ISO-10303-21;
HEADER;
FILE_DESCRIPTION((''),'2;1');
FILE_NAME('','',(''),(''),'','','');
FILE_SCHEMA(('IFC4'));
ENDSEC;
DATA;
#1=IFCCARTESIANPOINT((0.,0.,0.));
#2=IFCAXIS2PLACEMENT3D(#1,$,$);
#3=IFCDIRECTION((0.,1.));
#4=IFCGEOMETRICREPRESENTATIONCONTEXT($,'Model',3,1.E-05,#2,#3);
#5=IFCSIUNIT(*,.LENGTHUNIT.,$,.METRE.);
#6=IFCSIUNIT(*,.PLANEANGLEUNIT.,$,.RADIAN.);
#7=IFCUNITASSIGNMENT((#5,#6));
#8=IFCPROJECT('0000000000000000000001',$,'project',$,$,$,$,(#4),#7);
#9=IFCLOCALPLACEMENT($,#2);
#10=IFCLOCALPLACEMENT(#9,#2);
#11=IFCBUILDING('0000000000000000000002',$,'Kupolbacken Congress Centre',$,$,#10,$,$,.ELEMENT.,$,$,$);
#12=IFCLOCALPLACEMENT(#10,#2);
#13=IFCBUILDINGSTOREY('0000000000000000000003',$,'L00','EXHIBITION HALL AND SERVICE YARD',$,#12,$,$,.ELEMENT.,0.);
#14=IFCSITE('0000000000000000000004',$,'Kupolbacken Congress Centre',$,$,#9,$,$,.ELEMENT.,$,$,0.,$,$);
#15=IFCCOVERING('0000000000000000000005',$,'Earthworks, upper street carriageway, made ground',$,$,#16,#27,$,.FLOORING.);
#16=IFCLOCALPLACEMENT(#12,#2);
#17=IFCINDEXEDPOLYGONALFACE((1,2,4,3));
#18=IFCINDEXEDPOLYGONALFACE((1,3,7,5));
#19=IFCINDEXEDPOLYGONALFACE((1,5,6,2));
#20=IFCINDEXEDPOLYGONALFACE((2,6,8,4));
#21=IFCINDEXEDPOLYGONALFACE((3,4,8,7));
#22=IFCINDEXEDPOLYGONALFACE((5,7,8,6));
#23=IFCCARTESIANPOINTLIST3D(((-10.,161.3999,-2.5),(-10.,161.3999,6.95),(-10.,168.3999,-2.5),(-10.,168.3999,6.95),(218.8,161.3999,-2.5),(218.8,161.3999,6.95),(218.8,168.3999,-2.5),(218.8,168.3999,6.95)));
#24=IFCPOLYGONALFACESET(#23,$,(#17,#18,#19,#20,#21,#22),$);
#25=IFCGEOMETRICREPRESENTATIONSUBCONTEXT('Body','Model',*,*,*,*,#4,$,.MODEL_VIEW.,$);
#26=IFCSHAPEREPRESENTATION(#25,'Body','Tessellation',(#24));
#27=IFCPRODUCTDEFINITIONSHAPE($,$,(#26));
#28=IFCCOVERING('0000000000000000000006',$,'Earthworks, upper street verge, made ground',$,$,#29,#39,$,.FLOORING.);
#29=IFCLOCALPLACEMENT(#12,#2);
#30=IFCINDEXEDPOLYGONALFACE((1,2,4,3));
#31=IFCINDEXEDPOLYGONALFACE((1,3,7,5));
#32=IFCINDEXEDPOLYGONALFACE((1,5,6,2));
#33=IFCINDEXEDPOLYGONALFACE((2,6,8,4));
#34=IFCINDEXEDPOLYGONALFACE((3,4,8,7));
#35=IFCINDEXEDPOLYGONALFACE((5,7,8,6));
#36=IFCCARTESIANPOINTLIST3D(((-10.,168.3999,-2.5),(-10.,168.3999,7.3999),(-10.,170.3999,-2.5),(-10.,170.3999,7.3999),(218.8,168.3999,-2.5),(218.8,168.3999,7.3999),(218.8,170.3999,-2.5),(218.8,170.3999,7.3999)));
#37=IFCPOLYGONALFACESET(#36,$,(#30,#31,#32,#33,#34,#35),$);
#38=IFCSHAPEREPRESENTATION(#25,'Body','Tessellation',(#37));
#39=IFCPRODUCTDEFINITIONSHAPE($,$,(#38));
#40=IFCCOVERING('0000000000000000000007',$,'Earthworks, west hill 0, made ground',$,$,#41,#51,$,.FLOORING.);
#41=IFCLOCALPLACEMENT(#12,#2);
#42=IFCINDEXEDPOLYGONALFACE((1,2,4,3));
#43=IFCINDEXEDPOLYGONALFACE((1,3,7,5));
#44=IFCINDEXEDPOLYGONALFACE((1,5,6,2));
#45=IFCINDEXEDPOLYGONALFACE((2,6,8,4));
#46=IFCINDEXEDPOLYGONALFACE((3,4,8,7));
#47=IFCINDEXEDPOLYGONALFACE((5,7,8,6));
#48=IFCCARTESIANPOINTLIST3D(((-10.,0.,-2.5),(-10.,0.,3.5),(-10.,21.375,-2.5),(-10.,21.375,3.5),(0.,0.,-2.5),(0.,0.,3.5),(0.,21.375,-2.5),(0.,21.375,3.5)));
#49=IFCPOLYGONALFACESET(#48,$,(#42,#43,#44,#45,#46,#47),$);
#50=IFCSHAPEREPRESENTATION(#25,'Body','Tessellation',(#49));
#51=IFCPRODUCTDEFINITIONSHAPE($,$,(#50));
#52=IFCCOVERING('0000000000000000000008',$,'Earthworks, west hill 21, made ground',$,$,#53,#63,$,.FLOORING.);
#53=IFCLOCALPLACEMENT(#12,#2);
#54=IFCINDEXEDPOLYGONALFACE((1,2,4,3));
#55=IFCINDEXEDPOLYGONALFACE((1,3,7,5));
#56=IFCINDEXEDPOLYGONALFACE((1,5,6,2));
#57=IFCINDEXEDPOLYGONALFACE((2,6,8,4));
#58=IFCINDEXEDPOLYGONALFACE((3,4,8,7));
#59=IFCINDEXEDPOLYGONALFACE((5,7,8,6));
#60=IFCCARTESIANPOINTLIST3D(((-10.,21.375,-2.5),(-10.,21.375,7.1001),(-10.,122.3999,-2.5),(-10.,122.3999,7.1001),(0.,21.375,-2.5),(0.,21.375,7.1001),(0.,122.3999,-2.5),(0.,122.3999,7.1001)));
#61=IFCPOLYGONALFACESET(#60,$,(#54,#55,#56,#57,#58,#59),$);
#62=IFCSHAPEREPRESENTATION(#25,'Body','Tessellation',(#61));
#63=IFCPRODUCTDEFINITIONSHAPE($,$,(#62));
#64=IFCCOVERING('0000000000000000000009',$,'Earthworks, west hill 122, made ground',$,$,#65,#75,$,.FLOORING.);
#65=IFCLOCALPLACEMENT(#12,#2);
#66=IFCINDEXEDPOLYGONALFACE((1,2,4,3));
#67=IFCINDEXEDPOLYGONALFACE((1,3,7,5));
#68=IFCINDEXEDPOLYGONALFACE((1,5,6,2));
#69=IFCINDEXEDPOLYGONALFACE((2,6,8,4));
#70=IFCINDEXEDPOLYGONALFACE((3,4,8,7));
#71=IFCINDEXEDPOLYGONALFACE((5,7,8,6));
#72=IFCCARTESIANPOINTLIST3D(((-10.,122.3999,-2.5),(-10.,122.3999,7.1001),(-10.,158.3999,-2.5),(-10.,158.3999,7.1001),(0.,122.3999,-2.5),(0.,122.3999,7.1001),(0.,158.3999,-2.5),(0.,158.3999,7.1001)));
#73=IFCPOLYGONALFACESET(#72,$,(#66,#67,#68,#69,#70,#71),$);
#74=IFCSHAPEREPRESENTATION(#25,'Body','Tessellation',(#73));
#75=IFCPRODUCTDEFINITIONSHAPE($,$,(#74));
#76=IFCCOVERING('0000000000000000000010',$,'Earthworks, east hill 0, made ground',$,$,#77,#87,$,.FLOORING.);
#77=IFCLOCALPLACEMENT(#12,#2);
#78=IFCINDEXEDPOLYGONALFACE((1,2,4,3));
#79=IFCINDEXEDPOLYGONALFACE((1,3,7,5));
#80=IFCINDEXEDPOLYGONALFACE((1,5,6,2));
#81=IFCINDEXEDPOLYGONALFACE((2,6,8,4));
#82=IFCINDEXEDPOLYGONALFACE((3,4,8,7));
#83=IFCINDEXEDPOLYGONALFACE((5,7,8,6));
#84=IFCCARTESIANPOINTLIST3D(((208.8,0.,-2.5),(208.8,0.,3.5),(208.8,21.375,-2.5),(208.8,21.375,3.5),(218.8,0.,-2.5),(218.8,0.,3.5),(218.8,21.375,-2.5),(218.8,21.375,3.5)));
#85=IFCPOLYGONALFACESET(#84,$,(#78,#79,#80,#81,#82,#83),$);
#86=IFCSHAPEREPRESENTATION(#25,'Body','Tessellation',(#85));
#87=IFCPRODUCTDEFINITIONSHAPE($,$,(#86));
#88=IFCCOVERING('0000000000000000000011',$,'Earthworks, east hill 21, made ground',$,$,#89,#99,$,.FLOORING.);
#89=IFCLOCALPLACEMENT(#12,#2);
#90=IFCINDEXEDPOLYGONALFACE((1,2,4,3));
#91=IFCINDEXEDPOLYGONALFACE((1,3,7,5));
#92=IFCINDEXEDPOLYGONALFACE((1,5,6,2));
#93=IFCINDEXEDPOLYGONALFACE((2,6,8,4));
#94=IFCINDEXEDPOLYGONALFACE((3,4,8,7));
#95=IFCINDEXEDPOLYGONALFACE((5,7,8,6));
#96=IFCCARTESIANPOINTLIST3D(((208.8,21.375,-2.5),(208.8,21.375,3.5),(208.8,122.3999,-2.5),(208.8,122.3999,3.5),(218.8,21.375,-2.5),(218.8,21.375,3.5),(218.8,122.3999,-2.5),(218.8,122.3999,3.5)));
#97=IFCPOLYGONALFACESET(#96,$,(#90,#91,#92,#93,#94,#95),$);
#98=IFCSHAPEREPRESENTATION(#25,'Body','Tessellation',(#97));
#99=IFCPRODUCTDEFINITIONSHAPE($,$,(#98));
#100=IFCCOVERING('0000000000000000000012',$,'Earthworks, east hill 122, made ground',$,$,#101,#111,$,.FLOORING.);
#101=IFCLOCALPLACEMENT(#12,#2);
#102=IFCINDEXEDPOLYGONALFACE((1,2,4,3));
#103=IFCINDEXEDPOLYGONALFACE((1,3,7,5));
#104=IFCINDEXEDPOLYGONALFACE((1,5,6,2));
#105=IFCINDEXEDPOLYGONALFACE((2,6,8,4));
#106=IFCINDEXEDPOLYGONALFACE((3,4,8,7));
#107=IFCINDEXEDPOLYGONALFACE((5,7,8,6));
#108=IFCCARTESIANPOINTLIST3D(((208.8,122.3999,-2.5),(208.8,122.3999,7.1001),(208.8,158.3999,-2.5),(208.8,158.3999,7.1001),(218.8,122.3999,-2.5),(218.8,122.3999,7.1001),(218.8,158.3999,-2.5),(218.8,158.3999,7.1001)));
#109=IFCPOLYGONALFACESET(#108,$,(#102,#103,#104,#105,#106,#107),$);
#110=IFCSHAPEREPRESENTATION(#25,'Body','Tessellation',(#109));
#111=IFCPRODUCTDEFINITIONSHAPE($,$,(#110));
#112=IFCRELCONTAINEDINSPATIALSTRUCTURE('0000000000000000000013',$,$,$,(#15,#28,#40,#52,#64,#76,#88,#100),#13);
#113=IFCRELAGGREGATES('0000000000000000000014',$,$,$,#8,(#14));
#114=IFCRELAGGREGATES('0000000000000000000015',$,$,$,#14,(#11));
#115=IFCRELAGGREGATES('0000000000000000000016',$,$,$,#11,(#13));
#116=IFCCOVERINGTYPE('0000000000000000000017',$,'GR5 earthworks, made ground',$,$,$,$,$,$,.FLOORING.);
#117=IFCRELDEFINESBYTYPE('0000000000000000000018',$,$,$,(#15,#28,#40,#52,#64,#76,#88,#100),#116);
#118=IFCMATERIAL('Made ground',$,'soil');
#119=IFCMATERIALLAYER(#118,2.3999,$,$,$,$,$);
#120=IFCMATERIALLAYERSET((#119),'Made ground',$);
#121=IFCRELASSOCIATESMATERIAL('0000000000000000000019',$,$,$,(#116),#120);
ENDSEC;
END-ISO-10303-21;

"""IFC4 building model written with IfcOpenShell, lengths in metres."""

from ifc_helpers import new_model, si_unit, direction, frame, origin, place, context, subcontext, project, spatial, polyline, outline, extrude, material, layer, layer_set, type_object, element, save


model = new_model("IFC4")

# Units and contexts
model_context = context("Model", 3, precision=1e-05, world=origin(), true_north=direction((0.0, 1.0)))
body_context = subcontext(model_context, "Body", "Model", "MODEL_VIEW")
ifc_project = project(units=[si_unit("LENGTHUNIT", "METRE"), si_unit("PLANEANGLEUNIT", "RADIAN")], contexts=[model_context])

# Site, building, storey
site_placement = place(None, origin())
site = spatial("IfcSite", under=ifc_project, at=site_placement, Name="Kupolbacken Congress Centre", CompositionType="ELEMENT", RefElevation=0.0)
building_placement = place(site_placement, origin())
building = spatial("IfcBuilding", under=site, at=building_placement, Name="Kupolbacken Congress Centre", CompositionType="ELEMENT")
storey_placement = place(building_placement, origin())
storey = spatial("IfcBuildingStorey", under=building, at=storey_placement, Name="L00", Description="EXHIBITION HALL AND SERVICE YARD", CompositionType="ELEMENT", Elevation=0.0)

# Coverings
ifc_material_1 = material(Name="Made ground", Category="soil")
ifc_layer_1 = layer(ifc_material_1, 2.3999)
ifc_layer_set_1 = layer_set([ifc_layer_1], Name="Made ground")
covering_type = type_object("IfcCoveringType", Name="GR5 earthworks, made ground", PredefinedType="FLOORING", material=ifc_layer_set_1)
covering_1_placement = place(storey_placement, frame((0.0, 0.0, -2.5)))
element("IfcCovering", 1, at=covering_1_placement, inside=storey, type_object=covering_type, Name="Earthworks, upper street carriageway, made ground", PredefinedType="FLOORING", context=body_context, shape_type="SweptSolid", body=[
    extrude(outline(polyline([(-10.0, 161.3999), (-10.0, 168.3999), (218.8, 168.3999), (218.8, 161.3999), (-10.0, 161.3999)])), origin(), (0.0, 0.0, 1.0), 9.45),
])
covering_2_placement = place(storey_placement, frame((0.0, 0.0, -2.5)))
element("IfcCovering", 2, at=covering_2_placement, inside=storey, type_object=covering_type, Name="Earthworks, upper street verge, made ground", PredefinedType="FLOORING", context=body_context, shape_type="SweptSolid", body=[
    extrude(outline(polyline([(-10.0, 168.3999), (-10.0, 170.3999), (218.8, 170.3999), (218.8, 168.3999), (-10.0, 168.3999)])), origin(), (0.0, 0.0, 1.0), 9.8999),
])
covering_3_placement = place(storey_placement, frame((0.0, 0.0, -2.5)))
element("IfcCovering", 3, at=covering_3_placement, inside=storey, type_object=covering_type, Name="Earthworks, west hill 0, made ground", PredefinedType="FLOORING", context=body_context, shape_type="SweptSolid", body=[
    extrude(outline(polyline([(0.0, 0.0), (-10.0, 0.0), (-10.0, 21.375), (0.0, 21.375), (0.0, 0.0)])), origin(), (0.0, 0.0, 1.0), 6.0),
])
covering_4_placement = place(storey_placement, frame((0.0, 0.0, -2.5)))
element("IfcCovering", 4, at=covering_4_placement, inside=storey, type_object=covering_type, Name="Earthworks, west hill 21, made ground", PredefinedType="FLOORING", context=body_context, shape_type="SweptSolid", body=[
    extrude(outline(polyline([(0.0, 21.375), (-10.0, 21.375), (-10.0, 122.3999), (0.0, 122.3999), (0.0, 21.375)])), origin(), (0.0, 0.0, 1.0), 9.6001),
])
covering_5_placement = place(storey_placement, frame((0.0, 0.0, -2.5)))
element("IfcCovering", 5, at=covering_5_placement, inside=storey, type_object=covering_type, Name="Earthworks, west hill 122, made ground", PredefinedType="FLOORING", context=body_context, shape_type="SweptSolid", body=[
    extrude(outline(polyline([(0.0, 122.3999), (-10.0, 122.3999), (-10.0, 158.3999), (0.0, 158.3999), (0.0, 122.3999)])), origin(), (0.0, 0.0, 1.0), 9.6001),
])
covering_6_placement = place(storey_placement, frame((0.0, 0.0, -2.5)))
element("IfcCovering", 6, at=covering_6_placement, inside=storey, type_object=covering_type, Name="Earthworks, east hill 0, made ground", PredefinedType="FLOORING", context=body_context, shape_type="SweptSolid", body=[
    extrude(outline(polyline([(218.8, 21.375), (218.8, 0.0), (208.8, 0.0), (208.8, 21.375), (218.8, 21.375)])), origin(), (0.0, 0.0, 1.0), 6.0),
])
covering_7_placement = place(storey_placement, frame((0.0, 0.0, -2.5)))
element("IfcCovering", 7, at=covering_7_placement, inside=storey, type_object=covering_type, Name="Earthworks, east hill 21, made ground", PredefinedType="FLOORING", context=body_context, shape_type="SweptSolid", body=[
    extrude(outline(polyline([(218.8, 122.3999), (218.8, 21.375), (208.8, 21.375), (208.8, 122.3999), (218.8, 122.3999)])), origin(), (0.0, 0.0, 1.0), 6.0),
])
covering_8_placement = place(storey_placement, frame((0.0, 0.0, -2.5)))
element("IfcCovering", 8, at=covering_8_placement, inside=storey, type_object=covering_type, Name="Earthworks, east hill 122, made ground", PredefinedType="FLOORING", context=body_context, shape_type="SweptSolid", body=[
    extrude(outline(polyline([(218.8, 158.3999), (218.8, 122.3999), (208.8, 122.3999), (208.8, 158.3999), (218.8, 158.3999)])), origin(), (0.0, 0.0, 1.0), 9.6001),
])

save(model, "model.ifc")
